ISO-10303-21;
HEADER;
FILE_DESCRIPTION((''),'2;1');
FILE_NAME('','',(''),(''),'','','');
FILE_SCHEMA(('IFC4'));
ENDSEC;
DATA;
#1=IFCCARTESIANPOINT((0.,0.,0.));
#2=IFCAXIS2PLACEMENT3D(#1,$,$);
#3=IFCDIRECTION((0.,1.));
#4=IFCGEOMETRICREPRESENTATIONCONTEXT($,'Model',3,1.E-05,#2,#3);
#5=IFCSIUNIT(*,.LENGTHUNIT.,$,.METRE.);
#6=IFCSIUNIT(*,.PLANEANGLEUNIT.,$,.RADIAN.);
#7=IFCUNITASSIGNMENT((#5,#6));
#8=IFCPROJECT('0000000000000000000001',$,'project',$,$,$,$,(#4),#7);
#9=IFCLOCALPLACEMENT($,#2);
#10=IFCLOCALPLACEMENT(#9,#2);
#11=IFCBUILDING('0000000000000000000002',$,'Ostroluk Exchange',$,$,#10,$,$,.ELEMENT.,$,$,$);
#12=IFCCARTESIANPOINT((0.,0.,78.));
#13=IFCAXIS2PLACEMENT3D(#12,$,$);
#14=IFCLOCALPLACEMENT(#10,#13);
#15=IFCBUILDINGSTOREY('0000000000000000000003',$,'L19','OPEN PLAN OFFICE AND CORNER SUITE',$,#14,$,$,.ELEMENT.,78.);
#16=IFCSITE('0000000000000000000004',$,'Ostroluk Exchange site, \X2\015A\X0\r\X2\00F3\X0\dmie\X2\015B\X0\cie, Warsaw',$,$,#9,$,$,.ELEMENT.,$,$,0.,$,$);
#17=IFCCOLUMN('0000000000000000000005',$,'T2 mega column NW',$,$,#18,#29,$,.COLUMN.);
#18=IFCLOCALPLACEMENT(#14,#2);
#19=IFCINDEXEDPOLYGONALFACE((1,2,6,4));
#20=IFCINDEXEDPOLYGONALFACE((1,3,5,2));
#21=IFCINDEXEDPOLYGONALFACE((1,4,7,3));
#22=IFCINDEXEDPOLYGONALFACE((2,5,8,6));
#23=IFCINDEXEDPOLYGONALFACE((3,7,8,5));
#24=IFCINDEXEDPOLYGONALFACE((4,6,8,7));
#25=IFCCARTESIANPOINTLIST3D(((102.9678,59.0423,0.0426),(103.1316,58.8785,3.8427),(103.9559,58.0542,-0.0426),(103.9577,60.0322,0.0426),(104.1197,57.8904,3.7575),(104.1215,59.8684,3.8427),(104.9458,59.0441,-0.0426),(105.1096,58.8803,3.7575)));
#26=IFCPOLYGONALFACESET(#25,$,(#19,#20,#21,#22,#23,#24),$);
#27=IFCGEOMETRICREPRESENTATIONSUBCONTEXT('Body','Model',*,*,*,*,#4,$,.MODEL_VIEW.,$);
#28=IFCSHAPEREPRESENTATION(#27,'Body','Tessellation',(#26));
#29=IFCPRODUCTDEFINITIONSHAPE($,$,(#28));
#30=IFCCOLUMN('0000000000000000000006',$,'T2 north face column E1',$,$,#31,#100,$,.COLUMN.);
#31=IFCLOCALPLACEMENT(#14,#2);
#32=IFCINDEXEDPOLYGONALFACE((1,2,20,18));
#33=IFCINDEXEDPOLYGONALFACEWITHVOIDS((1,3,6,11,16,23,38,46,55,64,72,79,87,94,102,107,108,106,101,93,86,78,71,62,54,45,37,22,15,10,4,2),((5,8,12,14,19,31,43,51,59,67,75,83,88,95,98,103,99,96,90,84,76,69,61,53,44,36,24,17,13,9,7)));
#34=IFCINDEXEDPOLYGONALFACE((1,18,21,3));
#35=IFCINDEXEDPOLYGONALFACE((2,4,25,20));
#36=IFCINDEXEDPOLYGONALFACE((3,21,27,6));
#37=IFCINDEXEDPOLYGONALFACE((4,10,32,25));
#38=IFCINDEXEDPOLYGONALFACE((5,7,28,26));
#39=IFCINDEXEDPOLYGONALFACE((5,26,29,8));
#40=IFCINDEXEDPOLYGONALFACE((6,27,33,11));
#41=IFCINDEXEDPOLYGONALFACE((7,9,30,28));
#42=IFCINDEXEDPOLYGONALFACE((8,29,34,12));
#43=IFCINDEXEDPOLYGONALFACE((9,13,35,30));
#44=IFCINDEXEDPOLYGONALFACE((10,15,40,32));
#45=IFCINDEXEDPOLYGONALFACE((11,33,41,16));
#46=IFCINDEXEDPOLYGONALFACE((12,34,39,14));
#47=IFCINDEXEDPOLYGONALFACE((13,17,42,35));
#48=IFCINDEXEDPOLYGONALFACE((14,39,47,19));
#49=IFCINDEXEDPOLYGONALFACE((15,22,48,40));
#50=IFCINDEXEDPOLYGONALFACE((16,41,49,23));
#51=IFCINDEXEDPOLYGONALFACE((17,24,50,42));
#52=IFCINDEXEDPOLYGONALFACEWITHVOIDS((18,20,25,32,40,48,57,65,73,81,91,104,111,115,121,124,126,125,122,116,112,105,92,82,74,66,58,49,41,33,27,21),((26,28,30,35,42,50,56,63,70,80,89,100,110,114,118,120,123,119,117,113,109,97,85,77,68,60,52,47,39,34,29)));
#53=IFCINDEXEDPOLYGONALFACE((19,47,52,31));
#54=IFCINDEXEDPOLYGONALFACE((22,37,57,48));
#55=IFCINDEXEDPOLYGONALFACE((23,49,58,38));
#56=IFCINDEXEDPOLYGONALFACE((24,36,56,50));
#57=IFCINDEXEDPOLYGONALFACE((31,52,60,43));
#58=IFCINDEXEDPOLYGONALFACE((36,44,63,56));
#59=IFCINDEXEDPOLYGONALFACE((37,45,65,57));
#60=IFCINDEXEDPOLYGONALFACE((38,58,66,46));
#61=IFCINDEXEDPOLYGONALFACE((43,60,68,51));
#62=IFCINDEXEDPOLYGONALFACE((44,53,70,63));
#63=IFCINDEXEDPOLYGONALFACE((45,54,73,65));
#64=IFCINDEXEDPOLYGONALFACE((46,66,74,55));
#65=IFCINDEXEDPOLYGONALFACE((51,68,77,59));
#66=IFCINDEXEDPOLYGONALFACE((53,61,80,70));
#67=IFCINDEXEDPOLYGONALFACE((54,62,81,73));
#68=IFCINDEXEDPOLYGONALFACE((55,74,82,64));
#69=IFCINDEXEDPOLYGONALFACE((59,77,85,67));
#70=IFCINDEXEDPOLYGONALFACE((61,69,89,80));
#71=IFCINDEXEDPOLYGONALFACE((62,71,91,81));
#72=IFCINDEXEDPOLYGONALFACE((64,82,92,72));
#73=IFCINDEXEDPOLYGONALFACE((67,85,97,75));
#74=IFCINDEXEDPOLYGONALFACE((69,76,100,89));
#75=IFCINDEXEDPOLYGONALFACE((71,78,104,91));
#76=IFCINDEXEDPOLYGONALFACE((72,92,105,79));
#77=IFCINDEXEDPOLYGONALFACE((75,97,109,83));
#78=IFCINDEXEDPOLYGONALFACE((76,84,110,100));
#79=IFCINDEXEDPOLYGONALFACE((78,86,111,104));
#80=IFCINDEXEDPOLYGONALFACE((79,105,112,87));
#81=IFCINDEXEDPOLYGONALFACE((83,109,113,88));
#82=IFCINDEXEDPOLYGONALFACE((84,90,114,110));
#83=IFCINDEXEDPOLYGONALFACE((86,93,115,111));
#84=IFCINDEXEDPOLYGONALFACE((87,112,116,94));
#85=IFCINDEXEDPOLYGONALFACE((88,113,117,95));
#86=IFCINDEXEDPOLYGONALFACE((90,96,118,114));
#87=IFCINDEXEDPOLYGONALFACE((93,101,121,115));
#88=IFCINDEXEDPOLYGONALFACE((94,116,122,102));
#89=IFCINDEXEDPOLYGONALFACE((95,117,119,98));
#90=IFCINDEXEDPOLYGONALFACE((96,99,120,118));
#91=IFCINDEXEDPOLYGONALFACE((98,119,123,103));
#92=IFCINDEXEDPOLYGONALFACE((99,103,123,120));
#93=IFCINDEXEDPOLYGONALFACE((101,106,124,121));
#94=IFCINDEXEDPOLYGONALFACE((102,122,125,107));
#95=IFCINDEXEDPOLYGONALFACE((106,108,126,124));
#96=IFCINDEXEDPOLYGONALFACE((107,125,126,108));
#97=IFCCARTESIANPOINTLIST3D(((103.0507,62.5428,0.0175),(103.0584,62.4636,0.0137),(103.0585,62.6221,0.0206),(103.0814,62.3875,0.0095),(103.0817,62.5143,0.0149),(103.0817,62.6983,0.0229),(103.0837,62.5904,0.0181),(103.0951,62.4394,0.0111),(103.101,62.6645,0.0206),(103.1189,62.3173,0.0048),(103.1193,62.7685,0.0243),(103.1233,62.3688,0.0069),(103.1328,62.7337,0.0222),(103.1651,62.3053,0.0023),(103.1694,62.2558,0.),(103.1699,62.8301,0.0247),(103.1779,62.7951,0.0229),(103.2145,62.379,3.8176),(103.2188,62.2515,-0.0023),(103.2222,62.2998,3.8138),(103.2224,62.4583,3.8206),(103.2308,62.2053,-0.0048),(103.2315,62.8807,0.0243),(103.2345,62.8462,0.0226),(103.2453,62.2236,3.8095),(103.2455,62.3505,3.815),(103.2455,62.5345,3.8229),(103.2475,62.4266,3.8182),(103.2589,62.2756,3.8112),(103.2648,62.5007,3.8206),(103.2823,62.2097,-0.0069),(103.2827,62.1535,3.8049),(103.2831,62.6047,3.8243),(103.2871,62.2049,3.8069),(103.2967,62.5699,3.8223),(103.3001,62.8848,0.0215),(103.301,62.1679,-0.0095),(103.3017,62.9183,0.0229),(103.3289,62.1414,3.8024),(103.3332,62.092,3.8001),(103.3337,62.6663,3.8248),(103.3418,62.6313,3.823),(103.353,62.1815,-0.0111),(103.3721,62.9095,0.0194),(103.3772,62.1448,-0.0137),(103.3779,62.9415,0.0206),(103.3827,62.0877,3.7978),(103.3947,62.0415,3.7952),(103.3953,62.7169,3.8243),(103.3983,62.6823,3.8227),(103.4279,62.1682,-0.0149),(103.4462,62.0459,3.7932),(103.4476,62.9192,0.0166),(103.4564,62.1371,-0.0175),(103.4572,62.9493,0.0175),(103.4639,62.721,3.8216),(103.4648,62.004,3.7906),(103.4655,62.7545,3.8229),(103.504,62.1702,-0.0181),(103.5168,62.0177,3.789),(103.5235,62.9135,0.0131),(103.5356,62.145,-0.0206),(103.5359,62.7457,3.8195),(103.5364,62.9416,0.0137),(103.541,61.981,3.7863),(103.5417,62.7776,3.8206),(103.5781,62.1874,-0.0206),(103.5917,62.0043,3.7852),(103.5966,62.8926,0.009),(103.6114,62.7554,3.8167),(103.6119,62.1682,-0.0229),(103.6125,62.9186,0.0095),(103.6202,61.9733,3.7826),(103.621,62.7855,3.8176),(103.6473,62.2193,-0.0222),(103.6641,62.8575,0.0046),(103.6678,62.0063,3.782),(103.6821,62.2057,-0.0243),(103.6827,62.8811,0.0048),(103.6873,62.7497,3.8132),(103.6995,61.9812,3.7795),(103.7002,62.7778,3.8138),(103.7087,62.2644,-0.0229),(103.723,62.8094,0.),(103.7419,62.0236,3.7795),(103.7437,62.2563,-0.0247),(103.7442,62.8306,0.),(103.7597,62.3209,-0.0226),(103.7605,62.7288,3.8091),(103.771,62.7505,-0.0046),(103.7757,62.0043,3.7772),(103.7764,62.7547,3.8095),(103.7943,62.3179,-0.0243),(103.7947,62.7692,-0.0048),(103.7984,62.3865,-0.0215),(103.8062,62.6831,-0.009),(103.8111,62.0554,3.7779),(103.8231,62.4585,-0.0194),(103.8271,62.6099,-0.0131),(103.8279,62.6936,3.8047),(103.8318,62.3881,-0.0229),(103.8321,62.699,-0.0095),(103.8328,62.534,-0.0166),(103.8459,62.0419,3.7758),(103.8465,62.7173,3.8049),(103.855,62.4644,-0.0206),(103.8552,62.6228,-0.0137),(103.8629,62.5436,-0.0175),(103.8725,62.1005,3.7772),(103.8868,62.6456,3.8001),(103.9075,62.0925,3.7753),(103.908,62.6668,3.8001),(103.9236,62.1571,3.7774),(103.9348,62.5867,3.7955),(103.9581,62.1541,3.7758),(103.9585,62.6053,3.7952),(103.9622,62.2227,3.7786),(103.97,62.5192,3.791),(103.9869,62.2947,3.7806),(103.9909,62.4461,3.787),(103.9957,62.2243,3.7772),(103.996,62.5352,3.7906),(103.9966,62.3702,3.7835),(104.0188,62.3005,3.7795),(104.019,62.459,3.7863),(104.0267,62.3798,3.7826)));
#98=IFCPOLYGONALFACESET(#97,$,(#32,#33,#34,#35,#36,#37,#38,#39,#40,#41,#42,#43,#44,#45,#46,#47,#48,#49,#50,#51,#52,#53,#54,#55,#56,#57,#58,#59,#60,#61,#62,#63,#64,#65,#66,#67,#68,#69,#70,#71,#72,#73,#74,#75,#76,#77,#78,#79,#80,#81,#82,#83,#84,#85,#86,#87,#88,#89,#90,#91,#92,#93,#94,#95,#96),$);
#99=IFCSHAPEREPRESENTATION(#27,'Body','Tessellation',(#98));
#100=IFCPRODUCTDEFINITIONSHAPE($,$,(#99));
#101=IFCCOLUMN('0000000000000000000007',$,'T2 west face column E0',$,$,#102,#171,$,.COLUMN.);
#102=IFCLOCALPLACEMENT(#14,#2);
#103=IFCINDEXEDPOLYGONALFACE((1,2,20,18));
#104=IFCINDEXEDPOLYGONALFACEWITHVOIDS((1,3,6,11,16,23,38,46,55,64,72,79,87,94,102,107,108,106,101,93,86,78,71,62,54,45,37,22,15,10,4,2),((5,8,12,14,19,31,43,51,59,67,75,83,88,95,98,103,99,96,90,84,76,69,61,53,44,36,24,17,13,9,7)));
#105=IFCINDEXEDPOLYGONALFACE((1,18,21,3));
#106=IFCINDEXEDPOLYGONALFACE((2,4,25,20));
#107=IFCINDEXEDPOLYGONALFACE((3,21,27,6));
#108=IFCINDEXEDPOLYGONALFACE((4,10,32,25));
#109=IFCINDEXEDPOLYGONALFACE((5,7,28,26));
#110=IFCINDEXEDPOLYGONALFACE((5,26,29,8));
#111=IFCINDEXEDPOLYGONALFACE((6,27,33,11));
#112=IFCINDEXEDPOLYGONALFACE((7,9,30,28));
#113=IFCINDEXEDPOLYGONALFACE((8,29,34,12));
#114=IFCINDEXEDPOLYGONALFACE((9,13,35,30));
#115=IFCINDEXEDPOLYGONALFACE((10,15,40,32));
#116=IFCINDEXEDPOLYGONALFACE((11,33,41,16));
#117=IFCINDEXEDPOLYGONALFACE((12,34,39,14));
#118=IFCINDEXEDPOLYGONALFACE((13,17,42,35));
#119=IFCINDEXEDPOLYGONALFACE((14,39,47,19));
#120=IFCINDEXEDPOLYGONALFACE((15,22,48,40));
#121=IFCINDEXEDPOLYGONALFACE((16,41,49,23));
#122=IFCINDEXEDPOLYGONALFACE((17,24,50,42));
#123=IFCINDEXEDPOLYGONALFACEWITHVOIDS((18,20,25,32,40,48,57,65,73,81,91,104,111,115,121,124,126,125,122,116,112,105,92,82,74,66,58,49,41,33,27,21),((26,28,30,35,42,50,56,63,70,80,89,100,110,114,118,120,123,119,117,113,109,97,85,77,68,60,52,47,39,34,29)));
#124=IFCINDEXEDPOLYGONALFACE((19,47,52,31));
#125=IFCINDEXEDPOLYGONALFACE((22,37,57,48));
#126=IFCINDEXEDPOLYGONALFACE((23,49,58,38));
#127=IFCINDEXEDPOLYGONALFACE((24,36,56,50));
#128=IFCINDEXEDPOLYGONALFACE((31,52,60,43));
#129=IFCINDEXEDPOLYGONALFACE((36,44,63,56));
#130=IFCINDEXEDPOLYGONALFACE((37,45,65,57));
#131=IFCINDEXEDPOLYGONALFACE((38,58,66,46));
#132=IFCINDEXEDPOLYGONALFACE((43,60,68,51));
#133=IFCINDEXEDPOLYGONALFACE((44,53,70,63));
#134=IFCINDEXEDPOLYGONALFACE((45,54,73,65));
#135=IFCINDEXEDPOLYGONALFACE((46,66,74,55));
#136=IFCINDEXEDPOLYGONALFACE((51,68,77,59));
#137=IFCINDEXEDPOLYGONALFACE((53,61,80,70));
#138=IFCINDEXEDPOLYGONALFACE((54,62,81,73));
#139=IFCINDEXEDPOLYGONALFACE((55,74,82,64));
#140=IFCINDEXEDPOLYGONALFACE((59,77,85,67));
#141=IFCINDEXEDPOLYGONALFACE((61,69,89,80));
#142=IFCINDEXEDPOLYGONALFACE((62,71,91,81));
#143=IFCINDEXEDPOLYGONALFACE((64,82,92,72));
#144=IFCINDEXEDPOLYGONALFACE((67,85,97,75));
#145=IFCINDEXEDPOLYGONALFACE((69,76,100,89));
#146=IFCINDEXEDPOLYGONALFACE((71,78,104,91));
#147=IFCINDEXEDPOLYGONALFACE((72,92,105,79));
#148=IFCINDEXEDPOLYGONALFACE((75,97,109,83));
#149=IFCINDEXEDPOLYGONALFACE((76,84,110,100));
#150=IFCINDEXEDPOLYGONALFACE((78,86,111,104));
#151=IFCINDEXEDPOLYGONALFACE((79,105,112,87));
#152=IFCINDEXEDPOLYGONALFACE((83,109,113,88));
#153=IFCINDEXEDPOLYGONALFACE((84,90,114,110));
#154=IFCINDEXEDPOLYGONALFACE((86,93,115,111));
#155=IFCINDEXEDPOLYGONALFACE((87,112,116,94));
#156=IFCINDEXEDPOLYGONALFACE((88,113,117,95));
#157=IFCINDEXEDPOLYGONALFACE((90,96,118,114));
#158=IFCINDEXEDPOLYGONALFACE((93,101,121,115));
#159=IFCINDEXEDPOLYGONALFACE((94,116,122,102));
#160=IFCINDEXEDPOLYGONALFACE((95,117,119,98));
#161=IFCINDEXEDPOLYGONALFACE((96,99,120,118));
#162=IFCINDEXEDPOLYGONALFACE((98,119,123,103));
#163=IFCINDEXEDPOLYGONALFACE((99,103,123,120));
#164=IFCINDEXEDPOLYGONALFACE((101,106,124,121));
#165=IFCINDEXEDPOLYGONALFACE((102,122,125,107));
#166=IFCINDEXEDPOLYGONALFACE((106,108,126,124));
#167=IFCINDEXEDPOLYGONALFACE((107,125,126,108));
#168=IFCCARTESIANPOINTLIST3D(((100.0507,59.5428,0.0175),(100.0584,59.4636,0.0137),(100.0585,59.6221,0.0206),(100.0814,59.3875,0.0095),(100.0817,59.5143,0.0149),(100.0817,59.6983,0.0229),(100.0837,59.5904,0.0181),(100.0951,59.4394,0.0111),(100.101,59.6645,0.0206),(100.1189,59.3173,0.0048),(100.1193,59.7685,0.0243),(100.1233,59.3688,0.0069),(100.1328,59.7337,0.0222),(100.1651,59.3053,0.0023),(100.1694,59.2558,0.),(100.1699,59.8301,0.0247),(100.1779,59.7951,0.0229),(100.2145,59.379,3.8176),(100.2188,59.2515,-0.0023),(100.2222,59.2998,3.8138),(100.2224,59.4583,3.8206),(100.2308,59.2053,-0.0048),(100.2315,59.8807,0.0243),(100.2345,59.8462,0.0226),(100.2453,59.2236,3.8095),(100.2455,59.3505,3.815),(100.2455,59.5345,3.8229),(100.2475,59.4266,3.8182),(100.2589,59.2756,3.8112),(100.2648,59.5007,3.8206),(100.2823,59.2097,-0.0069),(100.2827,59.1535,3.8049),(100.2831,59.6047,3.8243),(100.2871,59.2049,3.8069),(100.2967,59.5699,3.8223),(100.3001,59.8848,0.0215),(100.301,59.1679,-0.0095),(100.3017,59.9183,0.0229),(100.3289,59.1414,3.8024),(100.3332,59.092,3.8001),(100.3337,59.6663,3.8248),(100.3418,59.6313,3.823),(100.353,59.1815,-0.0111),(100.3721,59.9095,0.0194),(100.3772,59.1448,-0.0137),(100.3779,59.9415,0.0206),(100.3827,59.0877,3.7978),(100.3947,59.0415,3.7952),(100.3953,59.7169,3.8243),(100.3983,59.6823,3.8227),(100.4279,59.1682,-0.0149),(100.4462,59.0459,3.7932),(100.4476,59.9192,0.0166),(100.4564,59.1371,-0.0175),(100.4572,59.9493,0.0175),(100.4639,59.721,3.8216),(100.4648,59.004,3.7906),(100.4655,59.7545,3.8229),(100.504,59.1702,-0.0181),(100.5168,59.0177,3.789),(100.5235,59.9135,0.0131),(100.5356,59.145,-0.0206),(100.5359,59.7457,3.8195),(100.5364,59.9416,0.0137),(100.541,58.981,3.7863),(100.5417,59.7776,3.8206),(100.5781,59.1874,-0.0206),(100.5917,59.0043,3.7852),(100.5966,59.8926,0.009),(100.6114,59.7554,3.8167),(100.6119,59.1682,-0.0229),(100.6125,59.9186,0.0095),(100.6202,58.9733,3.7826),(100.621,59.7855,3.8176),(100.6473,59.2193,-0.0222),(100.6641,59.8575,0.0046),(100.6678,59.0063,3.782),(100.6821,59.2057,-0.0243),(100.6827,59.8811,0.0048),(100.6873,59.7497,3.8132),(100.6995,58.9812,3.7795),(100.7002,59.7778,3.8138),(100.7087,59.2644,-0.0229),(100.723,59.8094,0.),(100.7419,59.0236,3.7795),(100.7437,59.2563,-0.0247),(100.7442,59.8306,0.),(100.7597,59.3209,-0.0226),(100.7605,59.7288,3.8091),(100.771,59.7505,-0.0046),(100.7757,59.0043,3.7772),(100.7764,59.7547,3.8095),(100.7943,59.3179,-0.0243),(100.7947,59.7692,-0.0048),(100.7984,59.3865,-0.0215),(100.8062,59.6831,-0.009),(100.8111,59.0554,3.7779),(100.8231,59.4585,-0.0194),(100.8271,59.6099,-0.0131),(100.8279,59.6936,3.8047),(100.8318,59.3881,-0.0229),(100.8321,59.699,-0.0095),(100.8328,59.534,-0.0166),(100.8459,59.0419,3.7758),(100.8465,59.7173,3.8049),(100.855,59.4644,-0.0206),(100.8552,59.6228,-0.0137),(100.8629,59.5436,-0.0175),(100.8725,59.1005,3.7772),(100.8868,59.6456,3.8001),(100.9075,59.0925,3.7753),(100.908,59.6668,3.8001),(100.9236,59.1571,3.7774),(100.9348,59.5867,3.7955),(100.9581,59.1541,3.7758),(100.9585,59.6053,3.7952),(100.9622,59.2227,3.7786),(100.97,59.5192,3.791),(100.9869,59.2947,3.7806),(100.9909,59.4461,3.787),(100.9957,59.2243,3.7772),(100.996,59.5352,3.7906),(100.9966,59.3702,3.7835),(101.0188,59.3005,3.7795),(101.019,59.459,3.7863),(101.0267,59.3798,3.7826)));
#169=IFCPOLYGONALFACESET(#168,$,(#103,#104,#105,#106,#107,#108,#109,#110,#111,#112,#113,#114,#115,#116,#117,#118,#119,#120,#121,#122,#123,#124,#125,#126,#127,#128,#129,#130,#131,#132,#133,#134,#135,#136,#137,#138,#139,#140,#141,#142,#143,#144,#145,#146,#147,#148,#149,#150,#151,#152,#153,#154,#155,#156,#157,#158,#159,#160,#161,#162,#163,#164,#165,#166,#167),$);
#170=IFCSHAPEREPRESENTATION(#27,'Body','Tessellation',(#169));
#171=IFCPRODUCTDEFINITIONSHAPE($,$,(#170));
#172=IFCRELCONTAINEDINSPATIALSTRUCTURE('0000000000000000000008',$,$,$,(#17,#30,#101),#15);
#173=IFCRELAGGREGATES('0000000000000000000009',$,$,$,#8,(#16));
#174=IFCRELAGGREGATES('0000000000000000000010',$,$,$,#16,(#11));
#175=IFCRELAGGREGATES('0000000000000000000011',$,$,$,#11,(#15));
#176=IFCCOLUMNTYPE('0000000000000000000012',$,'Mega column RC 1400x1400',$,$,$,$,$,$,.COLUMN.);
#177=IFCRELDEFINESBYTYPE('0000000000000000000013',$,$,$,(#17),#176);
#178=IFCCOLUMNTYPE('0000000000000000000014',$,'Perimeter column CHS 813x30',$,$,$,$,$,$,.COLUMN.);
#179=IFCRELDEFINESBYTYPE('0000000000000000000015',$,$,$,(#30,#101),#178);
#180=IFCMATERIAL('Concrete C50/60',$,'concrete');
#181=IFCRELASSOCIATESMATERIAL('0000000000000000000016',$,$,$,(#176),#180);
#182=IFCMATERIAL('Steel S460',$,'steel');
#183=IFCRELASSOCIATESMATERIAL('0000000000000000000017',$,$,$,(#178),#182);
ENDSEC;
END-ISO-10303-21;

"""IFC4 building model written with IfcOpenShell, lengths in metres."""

from ifc_helpers import new_model, si_unit, direction, frame, origin, origin_2d, place, context, subcontext, project, spatial, rectangle, hollow_circle, extrude, material, material_profile, profile_set, type_object, element, save


model = new_model("IFC4")

# Units and contexts
model_context = context("Model", 3, precision=1e-05, world=origin(), true_north=direction((0.0, 1.0)))
body_context = subcontext(model_context, "Body", "Model", "MODEL_VIEW")
ifc_project = project(units=[si_unit("LENGTHUNIT", "METRE"), si_unit("PLANEANGLEUNIT", "RADIAN")], contexts=[model_context])

# Site, building, storey
site_placement = place(None, origin())
site = spatial("IfcSite", under=ifc_project, at=site_placement, Name="Ostroluk Exchange site, Śródmieście, Warsaw", CompositionType="ELEMENT", RefElevation=0.0)
building_placement = place(site_placement, origin())
building = spatial("IfcBuilding", under=site, at=building_placement, Name="Ostroluk Exchange", CompositionType="ELEMENT")
storey_placement = place(building_placement, frame((0.0, 0.0, 78.0)))
storey = spatial("IfcBuildingStorey", under=building, at=storey_placement, Name="L19", Description="OPEN PLAN OFFICE AND CORNER SUITE", CompositionType="ELEMENT", Elevation=78.0)

# Columns
ifc_material_1 = material(Name="Concrete C50/60", Category="concrete")
ifc_material_profile_1 = material_profile(ifc_material_1, rectangle(XDim=1.3999, YDim=1.3999, at=origin_2d()), Name="RC 1400x1400")
ifc_profile_set_1 = profile_set([ifc_material_profile_1], Name="Concrete C50/60")
column_type_1 = type_object("IfcColumnType", Name="Mega column RC 1400x1400", PredefinedType="COLUMN", material=ifc_profile_set_1)
column_placement = place(storey_placement, frame((103.9568, 59.0432, 0.0), z_axis=(0.04303, -0.04303, 0.998147), x_axis=(0.707107, 0.707107, 0.0)))
element("IfcColumn", 1, at=column_placement, inside=storey, type_object=column_type_1, Name="T2 mega column NW", PredefinedType="COLUMN", context=body_context, shape_type="SweptSolid", body=[
    extrude(rectangle(XDim=1.3999, YDim=1.3999, at=origin_2d()), origin(), (0.0, 0.0, 1.0), 3.8071),
])
ifc_material_2 = material(Name="Steel S460", Category="steel")
ifc_material_profile_2 = material_profile(ifc_material_2, hollow_circle(Radius=0.4065, WallThickness=0.03, at=origin_2d()), Name="CHS 813x30")
ifc_profile_set_2 = profile_set([ifc_material_profile_2], Name="Steel S460")
column_type_2 = type_object("IfcColumnType", Name="Perimeter column CHS 813x30", PredefinedType="COLUMN", material=ifc_profile_set_2)
for number, where, z_axis, x_axis, name in (
    (2, (103.4568, 62.5432, 0.0), (0.04303, -0.04303, 0.998147), (0.707107, 0.707107, 0.0), "T2 north face column E1"),
    (3, (100.4568, 59.5432, 0.0), (0.04303, -0.04303, 0.998147), (0.707107, 0.707107, 0.0), "T2 west face column E0"),
):
    element("IfcColumn", number, at=place(storey_placement, frame(where, z_axis=z_axis, x_axis=x_axis)), inside=storey, type_object=column_type_2, Name=name, PredefinedType="COLUMN", context=body_context, shape_type="SweptSolid", body=[
        extrude(hollow_circle(Radius=0.4065, WallThickness=0.03, at=origin_2d()), origin(), (0.0, 0.0, 1.0), 3.8071),
    ])

save(model, "model.ifc")
